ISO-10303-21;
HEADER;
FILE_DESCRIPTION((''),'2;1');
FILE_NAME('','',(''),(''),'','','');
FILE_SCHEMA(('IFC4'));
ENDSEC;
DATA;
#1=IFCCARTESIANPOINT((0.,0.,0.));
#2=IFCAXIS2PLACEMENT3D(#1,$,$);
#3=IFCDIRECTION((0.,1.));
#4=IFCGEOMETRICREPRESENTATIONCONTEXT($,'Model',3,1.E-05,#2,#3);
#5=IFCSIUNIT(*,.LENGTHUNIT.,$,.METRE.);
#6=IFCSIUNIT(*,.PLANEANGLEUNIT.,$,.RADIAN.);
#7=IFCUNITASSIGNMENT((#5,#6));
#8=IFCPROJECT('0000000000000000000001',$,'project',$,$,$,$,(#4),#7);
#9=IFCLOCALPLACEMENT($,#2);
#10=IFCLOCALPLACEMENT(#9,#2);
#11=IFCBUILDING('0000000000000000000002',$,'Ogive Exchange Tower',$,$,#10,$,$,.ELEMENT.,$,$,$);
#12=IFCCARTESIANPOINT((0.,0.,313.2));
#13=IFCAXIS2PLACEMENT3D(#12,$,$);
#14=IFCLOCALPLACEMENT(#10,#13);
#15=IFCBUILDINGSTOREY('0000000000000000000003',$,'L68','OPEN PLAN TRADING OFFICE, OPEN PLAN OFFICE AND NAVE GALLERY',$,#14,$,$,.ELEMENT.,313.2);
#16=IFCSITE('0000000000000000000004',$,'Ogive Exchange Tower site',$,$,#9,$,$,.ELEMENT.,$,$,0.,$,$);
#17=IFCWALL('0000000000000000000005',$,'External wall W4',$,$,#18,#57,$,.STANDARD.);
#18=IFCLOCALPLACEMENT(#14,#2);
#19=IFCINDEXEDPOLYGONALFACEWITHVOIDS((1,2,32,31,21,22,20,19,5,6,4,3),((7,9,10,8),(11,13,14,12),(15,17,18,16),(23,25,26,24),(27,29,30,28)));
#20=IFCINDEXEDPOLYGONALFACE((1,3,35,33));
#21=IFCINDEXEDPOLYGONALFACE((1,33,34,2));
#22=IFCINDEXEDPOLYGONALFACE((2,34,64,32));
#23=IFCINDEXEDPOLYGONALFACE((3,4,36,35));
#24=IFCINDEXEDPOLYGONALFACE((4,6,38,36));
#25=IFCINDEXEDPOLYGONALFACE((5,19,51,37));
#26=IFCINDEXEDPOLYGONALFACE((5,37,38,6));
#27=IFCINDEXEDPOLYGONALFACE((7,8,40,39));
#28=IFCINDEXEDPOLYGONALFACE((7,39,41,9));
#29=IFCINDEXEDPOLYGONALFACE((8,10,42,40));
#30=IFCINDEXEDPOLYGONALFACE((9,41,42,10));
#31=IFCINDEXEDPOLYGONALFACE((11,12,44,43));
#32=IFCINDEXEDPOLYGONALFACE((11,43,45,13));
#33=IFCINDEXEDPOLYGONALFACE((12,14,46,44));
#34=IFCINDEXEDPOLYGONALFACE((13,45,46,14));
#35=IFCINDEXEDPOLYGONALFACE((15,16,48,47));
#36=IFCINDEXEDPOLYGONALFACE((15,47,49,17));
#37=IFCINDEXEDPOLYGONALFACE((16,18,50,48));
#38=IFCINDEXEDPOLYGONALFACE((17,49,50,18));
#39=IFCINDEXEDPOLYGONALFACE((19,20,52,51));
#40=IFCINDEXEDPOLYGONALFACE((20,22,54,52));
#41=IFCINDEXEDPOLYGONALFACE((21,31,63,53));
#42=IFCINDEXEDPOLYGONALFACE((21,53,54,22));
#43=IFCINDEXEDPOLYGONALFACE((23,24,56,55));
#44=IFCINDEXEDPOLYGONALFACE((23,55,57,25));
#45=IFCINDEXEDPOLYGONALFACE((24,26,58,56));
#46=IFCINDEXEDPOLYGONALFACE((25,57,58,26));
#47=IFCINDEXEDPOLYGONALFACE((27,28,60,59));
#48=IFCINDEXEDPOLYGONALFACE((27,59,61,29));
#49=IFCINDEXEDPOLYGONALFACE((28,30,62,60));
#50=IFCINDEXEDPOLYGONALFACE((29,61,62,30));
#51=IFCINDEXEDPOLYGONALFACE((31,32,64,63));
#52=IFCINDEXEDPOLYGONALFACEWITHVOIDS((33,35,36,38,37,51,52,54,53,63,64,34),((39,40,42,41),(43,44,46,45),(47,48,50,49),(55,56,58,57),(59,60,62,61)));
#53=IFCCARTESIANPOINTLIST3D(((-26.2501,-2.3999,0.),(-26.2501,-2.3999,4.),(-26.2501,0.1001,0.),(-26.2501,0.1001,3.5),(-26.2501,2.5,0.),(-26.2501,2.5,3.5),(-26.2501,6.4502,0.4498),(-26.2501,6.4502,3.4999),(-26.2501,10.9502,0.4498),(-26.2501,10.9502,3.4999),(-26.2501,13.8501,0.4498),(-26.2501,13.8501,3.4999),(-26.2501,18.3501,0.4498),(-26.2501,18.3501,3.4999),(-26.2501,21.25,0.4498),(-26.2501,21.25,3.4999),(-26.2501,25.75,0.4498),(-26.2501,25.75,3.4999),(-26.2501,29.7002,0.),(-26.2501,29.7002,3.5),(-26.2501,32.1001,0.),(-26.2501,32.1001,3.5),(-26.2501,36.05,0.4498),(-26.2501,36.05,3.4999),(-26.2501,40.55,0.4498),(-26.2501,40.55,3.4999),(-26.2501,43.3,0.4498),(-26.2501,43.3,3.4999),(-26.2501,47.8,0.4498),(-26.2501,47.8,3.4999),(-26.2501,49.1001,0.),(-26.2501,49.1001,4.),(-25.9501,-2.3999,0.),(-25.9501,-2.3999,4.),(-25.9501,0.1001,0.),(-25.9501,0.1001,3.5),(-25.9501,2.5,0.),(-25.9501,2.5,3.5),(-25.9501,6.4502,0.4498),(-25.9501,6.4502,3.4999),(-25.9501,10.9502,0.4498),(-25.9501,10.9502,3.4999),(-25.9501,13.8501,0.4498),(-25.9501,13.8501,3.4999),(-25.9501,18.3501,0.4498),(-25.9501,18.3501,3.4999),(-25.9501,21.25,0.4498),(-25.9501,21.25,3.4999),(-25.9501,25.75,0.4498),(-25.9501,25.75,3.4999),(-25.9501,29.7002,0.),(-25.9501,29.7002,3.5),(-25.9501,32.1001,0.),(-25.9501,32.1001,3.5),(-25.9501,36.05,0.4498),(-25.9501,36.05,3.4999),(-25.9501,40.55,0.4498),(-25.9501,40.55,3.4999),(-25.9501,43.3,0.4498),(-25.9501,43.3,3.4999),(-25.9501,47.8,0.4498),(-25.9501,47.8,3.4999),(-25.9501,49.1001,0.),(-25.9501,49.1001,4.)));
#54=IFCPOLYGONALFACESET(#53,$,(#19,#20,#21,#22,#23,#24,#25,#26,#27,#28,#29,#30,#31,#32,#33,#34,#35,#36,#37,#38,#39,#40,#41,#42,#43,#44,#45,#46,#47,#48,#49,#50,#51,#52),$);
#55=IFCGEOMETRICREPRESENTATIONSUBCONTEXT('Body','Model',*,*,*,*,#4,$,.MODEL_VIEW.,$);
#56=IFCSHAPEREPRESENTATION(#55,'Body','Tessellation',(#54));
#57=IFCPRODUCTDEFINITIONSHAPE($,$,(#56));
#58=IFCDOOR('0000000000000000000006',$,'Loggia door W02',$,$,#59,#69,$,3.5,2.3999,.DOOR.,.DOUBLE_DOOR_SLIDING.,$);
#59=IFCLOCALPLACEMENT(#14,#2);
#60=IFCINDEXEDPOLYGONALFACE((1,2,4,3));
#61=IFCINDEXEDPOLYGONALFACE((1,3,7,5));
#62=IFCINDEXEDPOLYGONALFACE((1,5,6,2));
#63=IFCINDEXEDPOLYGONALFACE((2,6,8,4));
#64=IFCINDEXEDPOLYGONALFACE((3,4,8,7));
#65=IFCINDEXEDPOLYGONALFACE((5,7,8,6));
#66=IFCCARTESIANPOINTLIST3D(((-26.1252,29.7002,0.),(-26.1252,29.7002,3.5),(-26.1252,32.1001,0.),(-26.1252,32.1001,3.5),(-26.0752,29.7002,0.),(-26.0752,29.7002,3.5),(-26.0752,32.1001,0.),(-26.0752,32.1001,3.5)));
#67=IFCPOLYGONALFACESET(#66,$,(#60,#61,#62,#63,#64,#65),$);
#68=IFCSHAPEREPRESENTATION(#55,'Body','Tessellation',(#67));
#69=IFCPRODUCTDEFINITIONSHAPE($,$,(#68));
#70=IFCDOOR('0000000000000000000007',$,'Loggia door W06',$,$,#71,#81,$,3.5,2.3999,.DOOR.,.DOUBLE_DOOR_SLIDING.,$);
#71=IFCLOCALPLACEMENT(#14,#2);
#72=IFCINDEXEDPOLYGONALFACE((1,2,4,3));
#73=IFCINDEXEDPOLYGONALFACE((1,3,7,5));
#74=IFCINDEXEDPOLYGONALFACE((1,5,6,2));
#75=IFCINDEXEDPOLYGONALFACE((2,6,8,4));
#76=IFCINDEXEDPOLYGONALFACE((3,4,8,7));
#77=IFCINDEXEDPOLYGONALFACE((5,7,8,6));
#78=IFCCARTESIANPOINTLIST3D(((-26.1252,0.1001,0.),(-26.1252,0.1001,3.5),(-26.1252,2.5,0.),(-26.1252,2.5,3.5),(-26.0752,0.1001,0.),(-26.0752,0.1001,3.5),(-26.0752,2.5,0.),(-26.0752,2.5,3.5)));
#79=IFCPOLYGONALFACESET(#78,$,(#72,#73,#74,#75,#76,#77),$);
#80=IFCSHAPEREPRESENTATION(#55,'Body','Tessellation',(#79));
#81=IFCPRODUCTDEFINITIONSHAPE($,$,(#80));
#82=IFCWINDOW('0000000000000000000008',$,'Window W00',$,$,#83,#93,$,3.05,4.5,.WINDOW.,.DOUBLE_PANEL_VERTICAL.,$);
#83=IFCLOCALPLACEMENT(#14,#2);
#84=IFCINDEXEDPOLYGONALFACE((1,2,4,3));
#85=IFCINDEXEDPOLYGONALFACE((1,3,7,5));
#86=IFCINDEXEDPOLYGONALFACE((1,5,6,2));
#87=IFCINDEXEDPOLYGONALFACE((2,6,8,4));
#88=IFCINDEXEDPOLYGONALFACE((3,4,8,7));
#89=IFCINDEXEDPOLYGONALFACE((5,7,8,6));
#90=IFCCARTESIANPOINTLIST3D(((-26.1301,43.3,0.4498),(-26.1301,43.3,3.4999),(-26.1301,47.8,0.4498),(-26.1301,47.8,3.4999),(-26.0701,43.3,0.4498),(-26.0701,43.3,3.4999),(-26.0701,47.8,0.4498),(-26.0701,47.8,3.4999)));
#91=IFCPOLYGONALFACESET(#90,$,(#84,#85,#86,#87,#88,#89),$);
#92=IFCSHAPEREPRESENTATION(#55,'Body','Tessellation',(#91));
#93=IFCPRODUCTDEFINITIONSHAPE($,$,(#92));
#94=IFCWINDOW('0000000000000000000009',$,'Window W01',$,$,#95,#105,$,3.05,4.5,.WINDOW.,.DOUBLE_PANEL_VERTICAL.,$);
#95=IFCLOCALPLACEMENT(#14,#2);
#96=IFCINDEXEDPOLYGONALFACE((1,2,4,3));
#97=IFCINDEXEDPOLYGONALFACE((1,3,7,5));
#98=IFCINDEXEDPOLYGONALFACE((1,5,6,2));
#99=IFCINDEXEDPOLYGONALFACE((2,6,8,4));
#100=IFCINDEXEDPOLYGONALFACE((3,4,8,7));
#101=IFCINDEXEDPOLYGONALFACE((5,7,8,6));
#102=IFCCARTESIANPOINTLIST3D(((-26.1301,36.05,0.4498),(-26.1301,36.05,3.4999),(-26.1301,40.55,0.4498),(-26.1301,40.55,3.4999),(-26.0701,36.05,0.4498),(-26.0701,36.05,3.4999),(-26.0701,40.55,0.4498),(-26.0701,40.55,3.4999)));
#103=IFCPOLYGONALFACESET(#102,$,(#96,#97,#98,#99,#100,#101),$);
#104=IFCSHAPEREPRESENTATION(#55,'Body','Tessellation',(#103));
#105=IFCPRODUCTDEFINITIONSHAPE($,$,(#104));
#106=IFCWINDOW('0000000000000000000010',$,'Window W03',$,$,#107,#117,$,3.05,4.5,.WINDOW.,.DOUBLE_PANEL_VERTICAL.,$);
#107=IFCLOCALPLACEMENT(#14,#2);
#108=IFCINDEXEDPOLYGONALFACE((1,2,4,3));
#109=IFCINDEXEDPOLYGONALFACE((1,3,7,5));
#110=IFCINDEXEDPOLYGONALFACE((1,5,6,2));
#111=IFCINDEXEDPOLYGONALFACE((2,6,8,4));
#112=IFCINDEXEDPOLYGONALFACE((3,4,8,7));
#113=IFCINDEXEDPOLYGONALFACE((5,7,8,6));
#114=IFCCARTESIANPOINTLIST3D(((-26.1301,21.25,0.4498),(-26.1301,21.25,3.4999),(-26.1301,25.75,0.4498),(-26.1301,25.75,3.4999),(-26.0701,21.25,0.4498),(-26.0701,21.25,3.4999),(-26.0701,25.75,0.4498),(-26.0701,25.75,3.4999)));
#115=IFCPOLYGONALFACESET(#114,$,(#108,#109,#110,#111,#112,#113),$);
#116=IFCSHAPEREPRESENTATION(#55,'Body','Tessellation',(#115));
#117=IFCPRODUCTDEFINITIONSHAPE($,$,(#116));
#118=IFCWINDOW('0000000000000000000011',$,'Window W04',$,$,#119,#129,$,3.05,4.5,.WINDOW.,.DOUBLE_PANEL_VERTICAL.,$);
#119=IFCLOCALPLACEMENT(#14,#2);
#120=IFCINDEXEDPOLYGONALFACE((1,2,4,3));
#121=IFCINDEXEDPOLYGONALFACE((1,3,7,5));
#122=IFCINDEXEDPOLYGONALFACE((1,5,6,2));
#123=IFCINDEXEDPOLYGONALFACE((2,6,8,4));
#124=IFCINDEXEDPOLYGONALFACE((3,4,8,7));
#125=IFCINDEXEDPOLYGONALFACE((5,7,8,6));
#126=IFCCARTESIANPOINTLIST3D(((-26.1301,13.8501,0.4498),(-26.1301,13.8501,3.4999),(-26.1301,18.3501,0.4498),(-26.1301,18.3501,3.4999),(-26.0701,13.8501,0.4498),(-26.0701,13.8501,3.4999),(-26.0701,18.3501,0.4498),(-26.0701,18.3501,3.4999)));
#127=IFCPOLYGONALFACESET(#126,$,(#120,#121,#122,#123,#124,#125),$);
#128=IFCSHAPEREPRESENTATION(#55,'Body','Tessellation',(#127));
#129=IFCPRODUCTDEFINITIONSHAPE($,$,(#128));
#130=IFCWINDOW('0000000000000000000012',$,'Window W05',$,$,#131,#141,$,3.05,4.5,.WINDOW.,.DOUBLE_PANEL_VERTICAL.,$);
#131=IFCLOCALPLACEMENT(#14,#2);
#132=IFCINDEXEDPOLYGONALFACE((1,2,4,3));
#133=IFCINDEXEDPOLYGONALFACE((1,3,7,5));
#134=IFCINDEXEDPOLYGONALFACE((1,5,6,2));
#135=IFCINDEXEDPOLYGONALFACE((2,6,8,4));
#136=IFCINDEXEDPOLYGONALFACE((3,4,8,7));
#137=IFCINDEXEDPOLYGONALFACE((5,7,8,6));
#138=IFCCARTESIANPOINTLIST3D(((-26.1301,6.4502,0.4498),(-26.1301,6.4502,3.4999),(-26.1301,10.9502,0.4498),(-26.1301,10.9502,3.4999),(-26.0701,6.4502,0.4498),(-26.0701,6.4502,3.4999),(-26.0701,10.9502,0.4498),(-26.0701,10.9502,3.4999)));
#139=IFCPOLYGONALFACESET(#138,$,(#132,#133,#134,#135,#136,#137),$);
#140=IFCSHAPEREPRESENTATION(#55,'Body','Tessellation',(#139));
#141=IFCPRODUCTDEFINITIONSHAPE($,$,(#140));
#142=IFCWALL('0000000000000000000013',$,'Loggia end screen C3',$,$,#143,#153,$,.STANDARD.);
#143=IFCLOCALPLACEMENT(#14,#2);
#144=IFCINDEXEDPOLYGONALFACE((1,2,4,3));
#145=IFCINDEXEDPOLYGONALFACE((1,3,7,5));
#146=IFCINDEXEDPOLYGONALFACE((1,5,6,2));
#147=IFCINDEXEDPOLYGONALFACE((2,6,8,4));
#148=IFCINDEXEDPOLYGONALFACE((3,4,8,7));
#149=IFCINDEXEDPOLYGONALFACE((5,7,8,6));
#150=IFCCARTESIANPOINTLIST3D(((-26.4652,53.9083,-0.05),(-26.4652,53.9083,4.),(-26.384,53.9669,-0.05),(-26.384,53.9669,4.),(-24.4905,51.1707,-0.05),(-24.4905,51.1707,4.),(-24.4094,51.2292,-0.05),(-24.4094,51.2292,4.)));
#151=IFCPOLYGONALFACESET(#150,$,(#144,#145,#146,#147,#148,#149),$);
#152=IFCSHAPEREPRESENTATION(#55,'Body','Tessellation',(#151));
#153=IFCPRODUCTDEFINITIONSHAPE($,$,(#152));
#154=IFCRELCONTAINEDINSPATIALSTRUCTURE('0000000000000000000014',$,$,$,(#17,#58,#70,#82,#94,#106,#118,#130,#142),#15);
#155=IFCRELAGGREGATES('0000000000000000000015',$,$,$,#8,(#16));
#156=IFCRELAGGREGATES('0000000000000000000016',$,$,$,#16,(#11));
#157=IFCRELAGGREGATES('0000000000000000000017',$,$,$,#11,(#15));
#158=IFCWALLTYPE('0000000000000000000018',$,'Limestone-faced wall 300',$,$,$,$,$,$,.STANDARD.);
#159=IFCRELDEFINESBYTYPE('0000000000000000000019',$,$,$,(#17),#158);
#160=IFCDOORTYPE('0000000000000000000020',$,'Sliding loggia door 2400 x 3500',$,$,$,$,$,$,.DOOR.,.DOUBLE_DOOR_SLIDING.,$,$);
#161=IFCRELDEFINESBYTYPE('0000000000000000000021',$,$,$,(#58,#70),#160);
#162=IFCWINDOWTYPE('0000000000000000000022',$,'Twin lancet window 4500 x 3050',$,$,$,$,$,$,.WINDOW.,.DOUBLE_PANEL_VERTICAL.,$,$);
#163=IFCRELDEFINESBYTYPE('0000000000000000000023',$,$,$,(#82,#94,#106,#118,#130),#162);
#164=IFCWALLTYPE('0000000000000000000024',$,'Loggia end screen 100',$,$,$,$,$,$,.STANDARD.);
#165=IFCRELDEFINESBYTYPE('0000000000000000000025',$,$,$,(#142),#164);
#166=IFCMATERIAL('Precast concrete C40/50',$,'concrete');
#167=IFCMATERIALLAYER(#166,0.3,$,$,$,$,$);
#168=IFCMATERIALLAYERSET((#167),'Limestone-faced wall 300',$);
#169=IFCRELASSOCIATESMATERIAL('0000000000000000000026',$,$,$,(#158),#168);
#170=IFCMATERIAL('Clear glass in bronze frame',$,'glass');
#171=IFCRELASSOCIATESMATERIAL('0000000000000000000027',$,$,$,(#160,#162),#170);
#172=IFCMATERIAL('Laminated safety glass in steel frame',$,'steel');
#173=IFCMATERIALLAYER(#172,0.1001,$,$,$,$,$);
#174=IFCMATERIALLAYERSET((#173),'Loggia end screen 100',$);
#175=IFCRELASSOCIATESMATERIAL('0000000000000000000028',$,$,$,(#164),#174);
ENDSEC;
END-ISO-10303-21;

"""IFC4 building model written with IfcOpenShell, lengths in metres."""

from ifc_helpers import new_model, si_unit, direction, frame, frame_2d, origin, place, context, subcontext, project, spatial, rectangle, extrude, material, layer, layer_set, type_object, element, fill, save


model = new_model("IFC4")

# Units and contexts
model_context = context("Model", 3, precision=1e-05, world=origin(), true_north=direction((0.0, 1.0)))
body_context = subcontext(model_context, "Body", "Model", "MODEL_VIEW")
ifc_project = project(units=[si_unit("LENGTHUNIT", "METRE"), si_unit("PLANEANGLEUNIT", "RADIAN")], contexts=[model_context])

# Site, building, storey
site_placement = place(None, origin())
site = spatial("IfcSite", under=ifc_project, at=site_placement, Name="Ogive Exchange Tower site", CompositionType="ELEMENT", RefElevation=0.0)
building_placement = place(site_placement, origin())
building = spatial("IfcBuilding", under=site, at=building_placement, Name="Ogive Exchange Tower", CompositionType="ELEMENT")
storey_placement = place(building_placement, frame((0.0, 0.0, 313.2)))
storey = spatial("IfcBuildingStorey", under=building, at=storey_placement, Name="L68", Description="OPEN PLAN TRADING OFFICE, OPEN PLAN OFFICE AND NAVE GALLERY", CompositionType="ELEMENT", Elevation=313.2)

# Wall, openings, doors, windows
ifc_material_1 = material(Name="Precast concrete C40/50", Category="concrete")
ifc_layer_1 = layer(ifc_material_1, 0.3)
ifc_layer_set_1 = layer_set([ifc_layer_1], Name="Limestone-faced wall 300")
wall_type_1 = type_object("IfcWallType", Name="Limestone-faced wall 300", PredefinedType="STANDARD", material=ifc_layer_set_1)
wall_1_placement = place(storey_placement, frame((-26.1001, 49.1001, 0.0), z_axis=(0.0, 0.0, 1.0), x_axis=(0.0, -1.0, 0.0)))
wall_1 = element("IfcWall", 1, at=wall_1_placement, inside=storey, type_object=wall_type_1, Name="External wall W4", PredefinedType="STANDARD", context=body_context, shape_type="SweptSolid", body=[
    extrude(rectangle(XDim=51.5, YDim=0.3, at=frame_2d((25.75, 0.0))), origin(), (0.0, 0.0, 1.0), 4.0),
])
opening_1_placement = place(wall_1_placement, frame((1.3, 0.0, 0.45)))
opening_1 = element("IfcOpeningElement", 2, at=opening_1_placement, cuts=wall_1, PredefinedType="OPENING", context=body_context, shape_type="SweptSolid", body=[
    extrude(rectangle(XDim=4.5, YDim=3.05, at=frame_2d((2.25, 1.5249))), frame((0.0, 0.1599, 0.0), z_axis=(0.0, -1.0, 0.0), x_axis=(1.0, 0.0, 0.0)), (0.0, 0.0, 1.0), 0.3201),
])
opening_2_placement = place(wall_1_placement, frame((8.55, 0.0, 0.45)))
opening_2 = element("IfcOpeningElement", 3, at=opening_2_placement, cuts=wall_1, PredefinedType="OPENING", context=body_context, shape_type="SweptSolid", body=[
    extrude(rectangle(XDim=4.5, YDim=3.05, at=frame_2d((2.25, 1.5249))), frame((0.0, 0.1599, 0.0), z_axis=(0.0, -1.0, 0.0), x_axis=(1.0, 0.0, 0.0)), (0.0, 0.0, 1.0), 0.3201),
])
opening_3_placement = place(wall_1_placement, frame((17.0, 0.0, 0.0)))
opening_3 = element("IfcOpeningElement", 4, at=opening_3_placement, cuts=wall_1, PredefinedType="OPENING", context=body_context, shape_type="SweptSolid", body=[
    extrude(rectangle(XDim=2.3999, YDim=3.5, at=frame_2d((1.2, 1.75))), frame((0.0, 0.1599, 0.0), z_axis=(0.0, -1.0, 0.0), x_axis=(1.0, 0.0, 0.0)), (0.0, 0.0, 1.0), 0.3201),
])
opening_4_placement = place(wall_1_placement, frame((23.3501, 0.0, 0.45)))
opening_4 = element("IfcOpeningElement", 5, at=opening_4_placement, cuts=wall_1, PredefinedType="OPENING", context=body_context, shape_type="SweptSolid", body=[
    extrude(rectangle(XDim=4.5, YDim=3.05, at=frame_2d((2.25, 1.5249))), frame((0.0, 0.1599, 0.0), z_axis=(0.0, -1.0, 0.0), x_axis=(1.0, 0.0, 0.0)), (0.0, 0.0, 1.0), 0.3201),
])
opening_5_placement = place(wall_1_placement, frame((30.75, 0.0, 0.45)))
opening_5 = element("IfcOpeningElement", 6, at=opening_5_placement, cuts=wall_1, PredefinedType="OPENING", context=body_context, shape_type="SweptSolid", body=[
    extrude(rectangle(XDim=4.5, YDim=3.05, at=frame_2d((2.25, 1.5249))), frame((0.0, 0.1599, 0.0), z_axis=(0.0, -1.0, 0.0), x_axis=(1.0, 0.0, 0.0)), (0.0, 0.0, 1.0), 0.3201),
])
opening_6_placement = place(wall_1_placement, frame((38.1499, 0.0, 0.45)))
opening_6 = element("IfcOpeningElement", 7, at=opening_6_placement, cuts=wall_1, PredefinedType="OPENING", context=body_context, shape_type="SweptSolid", body=[
    extrude(rectangle(XDim=4.5, YDim=3.05, at=frame_2d((2.25, 1.5249))), frame((0.0, 0.1599, 0.0), z_axis=(0.0, -1.0, 0.0), x_axis=(1.0, 0.0, 0.0)), (0.0, 0.0, 1.0), 0.3201),
])
opening_7_placement = place(wall_1_placement, frame((46.6001, 0.0, 0.0)))
opening_7 = element("IfcOpeningElement", 8, at=opening_7_placement, cuts=wall_1, PredefinedType="OPENING", context=body_context, shape_type="SweptSolid", body=[
    extrude(rectangle(XDim=2.3999, YDim=3.5, at=frame_2d((1.2, 1.75))), frame((0.0, 0.1599, 0.0), z_axis=(0.0, -1.0, 0.0), x_axis=(1.0, 0.0, 0.0)), (0.0, 0.0, 1.0), 0.3201),
])
ifc_material_2 = material(Name="Clear glass in bronze frame", Category="glass")
door_type_1 = type_object("IfcDoorType", Name="Sliding loggia door 2400 x 3500", OperationType="DOUBLE_DOOR_SLIDING", PredefinedType="DOOR", material=ifc_material_2)
door_1_placement = place(opening_3_placement, origin())
door_1 = element("IfcDoor", 9, at=door_1_placement, inside=storey, type_object=door_type_1, Name="Loggia door W02", OperationType="DOUBLE_DOOR_SLIDING", OverallHeight=3.5, OverallWidth=2.3999, PredefinedType="DOOR", context=body_context, shape_type="SweptSolid", body=[
    extrude(rectangle(XDim=2.3999, YDim=3.5, at=frame_2d((1.2, 1.75))), frame((0.0, 0.0249, 0.0), z_axis=(0.0, -1.0, 0.0), x_axis=(1.0, 0.0, 0.0)), (0.0, 0.0, 1.0), 0.05),
])
fill(opening_3, door_1)
door_2_placement = place(opening_7_placement, origin())
door_2 = element("IfcDoor", 10, at=door_2_placement, inside=storey, type_object=door_type_1, Name="Loggia door W06", OperationType="DOUBLE_DOOR_SLIDING", OverallHeight=3.5, OverallWidth=2.3999, PredefinedType="DOOR", context=body_context, shape_type="SweptSolid", body=[
    extrude(rectangle(XDim=2.3999, YDim=3.5, at=frame_2d((1.2, 1.75))), frame((0.0, 0.0249, 0.0), z_axis=(0.0, -1.0, 0.0), x_axis=(1.0, 0.0, 0.0)), (0.0, 0.0, 1.0), 0.05),
])
fill(opening_7, door_2)
window_type = type_object("IfcWindowType", Name="Twin lancet window 4500 x 3050", PartitioningType="DOUBLE_PANEL_VERTICAL", PredefinedType="WINDOW", material=ifc_material_2)
window_1_placement = place(opening_1_placement, origin())
window_1 = element("IfcWindow", 11, at=window_1_placement, inside=storey, type_object=window_type, Name="Window W00", OverallHeight=3.05, OverallWidth=4.5, PartitioningType="DOUBLE_PANEL_VERTICAL", PredefinedType="WINDOW", context=body_context, shape_type="SweptSolid", body=[
    extrude(rectangle(XDim=4.5, YDim=3.05, at=frame_2d((2.25, 1.5249))), frame((0.0, 0.03, 0.0), z_axis=(0.0, -1.0, 0.0), x_axis=(1.0, 0.0, 0.0)), (0.0, 0.0, 1.0), 0.0601),
])
fill(opening_1, window_1)
window_2_placement = place(opening_2_placement, origin())
window_2 = element("IfcWindow", 12, at=window_2_placement, inside=storey, type_object=window_type, Name="Window W01", OverallHeight=3.05, OverallWidth=4.5, PartitioningType="DOUBLE_PANEL_VERTICAL", PredefinedType="WINDOW", context=body_context, shape_type="SweptSolid", body=[
    extrude(rectangle(XDim=4.5, YDim=3.05, at=frame_2d((2.25, 1.5249))), frame((0.0, 0.03, 0.0), z_axis=(0.0, -1.0, 0.0), x_axis=(1.0, 0.0, 0.0)), (0.0, 0.0, 1.0), 0.0601),
])
fill(opening_2, window_2)
window_3_placement = place(opening_4_placement, origin())
window_3 = element("IfcWindow", 13, at=window_3_placement, inside=storey, type_object=window_type, Name="Window W03", OverallHeight=3.05, OverallWidth=4.5, PartitioningType="DOUBLE_PANEL_VERTICAL", PredefinedType="WINDOW", context=body_context, shape_type="SweptSolid", body=[
    extrude(rectangle(XDim=4.5, YDim=3.05, at=frame_2d((2.25, 1.5249))), frame((0.0, 0.03, 0.0), z_axis=(0.0, -1.0, 0.0), x_axis=(1.0, 0.0, 0.0)), (0.0, 0.0, 1.0), 0.0601),
])
fill(opening_4, window_3)
window_4_placement = place(opening_5_placement, origin())
window_4 = element("IfcWindow", 14, at=window_4_placement, inside=storey, type_object=window_type, Name="Window W04", OverallHeight=3.05, OverallWidth=4.5, PartitioningType="DOUBLE_PANEL_VERTICAL", PredefinedType="WINDOW", context=body_context, shape_type="SweptSolid", body=[
    extrude(rectangle(XDim=4.5, YDim=3.05, at=frame_2d((2.25, 1.5249))), frame((0.0, 0.03, 0.0), z_axis=(0.0, -1.0, 0.0), x_axis=(1.0, 0.0, 0.0)), (0.0, 0.0, 1.0), 0.0601),
])
fill(opening_5, window_4)
window_5_placement = place(opening_6_placement, origin())
window_5 = element("IfcWindow", 15, at=window_5_placement, inside=storey, type_object=window_type, Name="Window W05", OverallHeight=3.05, OverallWidth=4.5, PartitioningType="DOUBLE_PANEL_VERTICAL", PredefinedType="WINDOW", context=body_context, shape_type="SweptSolid", body=[
    extrude(rectangle(XDim=4.5, YDim=3.05, at=frame_2d((2.25, 1.5249))), frame((0.0, 0.03, 0.0), z_axis=(0.0, -1.0, 0.0), x_axis=(1.0, 0.0, 0.0)), (0.0, 0.0, 1.0), 0.0601),
])
fill(opening_6, window_5)

# Wall
ifc_material_3 = material(Name="Laminated safety glass in steel frame", Category="steel")
ifc_layer_2 = layer(ifc_material_3, 0.1001)
ifc_layer_set_2 = layer_set([ifc_layer_2], Name="Loggia end screen 100")
wall_type_2 = type_object("IfcWallType", Name="Loggia end screen 100", PredefinedType="STANDARD", material=ifc_layer_set_2)
wall_2_placement = place(storey_placement, frame((-24.45, 51.2, -0.05), z_axis=(0.0, 0.0, 1.0), x_axis=(-0.585002, 0.811032, 0.0)))
element("IfcWall", 16, at=wall_2_placement, inside=storey, type_object=wall_type_2, Name="Loggia end screen C3", PredefinedType="STANDARD", context=body_context, shape_type="SweptSolid", body=[
    extrude(rectangle(XDim=3.3755, YDim=0.1001, at=frame_2d((1.6877, 0.0))), origin(), (0.0, 0.0, 1.0), 4.05),
])

save(model, "model.ifc")
